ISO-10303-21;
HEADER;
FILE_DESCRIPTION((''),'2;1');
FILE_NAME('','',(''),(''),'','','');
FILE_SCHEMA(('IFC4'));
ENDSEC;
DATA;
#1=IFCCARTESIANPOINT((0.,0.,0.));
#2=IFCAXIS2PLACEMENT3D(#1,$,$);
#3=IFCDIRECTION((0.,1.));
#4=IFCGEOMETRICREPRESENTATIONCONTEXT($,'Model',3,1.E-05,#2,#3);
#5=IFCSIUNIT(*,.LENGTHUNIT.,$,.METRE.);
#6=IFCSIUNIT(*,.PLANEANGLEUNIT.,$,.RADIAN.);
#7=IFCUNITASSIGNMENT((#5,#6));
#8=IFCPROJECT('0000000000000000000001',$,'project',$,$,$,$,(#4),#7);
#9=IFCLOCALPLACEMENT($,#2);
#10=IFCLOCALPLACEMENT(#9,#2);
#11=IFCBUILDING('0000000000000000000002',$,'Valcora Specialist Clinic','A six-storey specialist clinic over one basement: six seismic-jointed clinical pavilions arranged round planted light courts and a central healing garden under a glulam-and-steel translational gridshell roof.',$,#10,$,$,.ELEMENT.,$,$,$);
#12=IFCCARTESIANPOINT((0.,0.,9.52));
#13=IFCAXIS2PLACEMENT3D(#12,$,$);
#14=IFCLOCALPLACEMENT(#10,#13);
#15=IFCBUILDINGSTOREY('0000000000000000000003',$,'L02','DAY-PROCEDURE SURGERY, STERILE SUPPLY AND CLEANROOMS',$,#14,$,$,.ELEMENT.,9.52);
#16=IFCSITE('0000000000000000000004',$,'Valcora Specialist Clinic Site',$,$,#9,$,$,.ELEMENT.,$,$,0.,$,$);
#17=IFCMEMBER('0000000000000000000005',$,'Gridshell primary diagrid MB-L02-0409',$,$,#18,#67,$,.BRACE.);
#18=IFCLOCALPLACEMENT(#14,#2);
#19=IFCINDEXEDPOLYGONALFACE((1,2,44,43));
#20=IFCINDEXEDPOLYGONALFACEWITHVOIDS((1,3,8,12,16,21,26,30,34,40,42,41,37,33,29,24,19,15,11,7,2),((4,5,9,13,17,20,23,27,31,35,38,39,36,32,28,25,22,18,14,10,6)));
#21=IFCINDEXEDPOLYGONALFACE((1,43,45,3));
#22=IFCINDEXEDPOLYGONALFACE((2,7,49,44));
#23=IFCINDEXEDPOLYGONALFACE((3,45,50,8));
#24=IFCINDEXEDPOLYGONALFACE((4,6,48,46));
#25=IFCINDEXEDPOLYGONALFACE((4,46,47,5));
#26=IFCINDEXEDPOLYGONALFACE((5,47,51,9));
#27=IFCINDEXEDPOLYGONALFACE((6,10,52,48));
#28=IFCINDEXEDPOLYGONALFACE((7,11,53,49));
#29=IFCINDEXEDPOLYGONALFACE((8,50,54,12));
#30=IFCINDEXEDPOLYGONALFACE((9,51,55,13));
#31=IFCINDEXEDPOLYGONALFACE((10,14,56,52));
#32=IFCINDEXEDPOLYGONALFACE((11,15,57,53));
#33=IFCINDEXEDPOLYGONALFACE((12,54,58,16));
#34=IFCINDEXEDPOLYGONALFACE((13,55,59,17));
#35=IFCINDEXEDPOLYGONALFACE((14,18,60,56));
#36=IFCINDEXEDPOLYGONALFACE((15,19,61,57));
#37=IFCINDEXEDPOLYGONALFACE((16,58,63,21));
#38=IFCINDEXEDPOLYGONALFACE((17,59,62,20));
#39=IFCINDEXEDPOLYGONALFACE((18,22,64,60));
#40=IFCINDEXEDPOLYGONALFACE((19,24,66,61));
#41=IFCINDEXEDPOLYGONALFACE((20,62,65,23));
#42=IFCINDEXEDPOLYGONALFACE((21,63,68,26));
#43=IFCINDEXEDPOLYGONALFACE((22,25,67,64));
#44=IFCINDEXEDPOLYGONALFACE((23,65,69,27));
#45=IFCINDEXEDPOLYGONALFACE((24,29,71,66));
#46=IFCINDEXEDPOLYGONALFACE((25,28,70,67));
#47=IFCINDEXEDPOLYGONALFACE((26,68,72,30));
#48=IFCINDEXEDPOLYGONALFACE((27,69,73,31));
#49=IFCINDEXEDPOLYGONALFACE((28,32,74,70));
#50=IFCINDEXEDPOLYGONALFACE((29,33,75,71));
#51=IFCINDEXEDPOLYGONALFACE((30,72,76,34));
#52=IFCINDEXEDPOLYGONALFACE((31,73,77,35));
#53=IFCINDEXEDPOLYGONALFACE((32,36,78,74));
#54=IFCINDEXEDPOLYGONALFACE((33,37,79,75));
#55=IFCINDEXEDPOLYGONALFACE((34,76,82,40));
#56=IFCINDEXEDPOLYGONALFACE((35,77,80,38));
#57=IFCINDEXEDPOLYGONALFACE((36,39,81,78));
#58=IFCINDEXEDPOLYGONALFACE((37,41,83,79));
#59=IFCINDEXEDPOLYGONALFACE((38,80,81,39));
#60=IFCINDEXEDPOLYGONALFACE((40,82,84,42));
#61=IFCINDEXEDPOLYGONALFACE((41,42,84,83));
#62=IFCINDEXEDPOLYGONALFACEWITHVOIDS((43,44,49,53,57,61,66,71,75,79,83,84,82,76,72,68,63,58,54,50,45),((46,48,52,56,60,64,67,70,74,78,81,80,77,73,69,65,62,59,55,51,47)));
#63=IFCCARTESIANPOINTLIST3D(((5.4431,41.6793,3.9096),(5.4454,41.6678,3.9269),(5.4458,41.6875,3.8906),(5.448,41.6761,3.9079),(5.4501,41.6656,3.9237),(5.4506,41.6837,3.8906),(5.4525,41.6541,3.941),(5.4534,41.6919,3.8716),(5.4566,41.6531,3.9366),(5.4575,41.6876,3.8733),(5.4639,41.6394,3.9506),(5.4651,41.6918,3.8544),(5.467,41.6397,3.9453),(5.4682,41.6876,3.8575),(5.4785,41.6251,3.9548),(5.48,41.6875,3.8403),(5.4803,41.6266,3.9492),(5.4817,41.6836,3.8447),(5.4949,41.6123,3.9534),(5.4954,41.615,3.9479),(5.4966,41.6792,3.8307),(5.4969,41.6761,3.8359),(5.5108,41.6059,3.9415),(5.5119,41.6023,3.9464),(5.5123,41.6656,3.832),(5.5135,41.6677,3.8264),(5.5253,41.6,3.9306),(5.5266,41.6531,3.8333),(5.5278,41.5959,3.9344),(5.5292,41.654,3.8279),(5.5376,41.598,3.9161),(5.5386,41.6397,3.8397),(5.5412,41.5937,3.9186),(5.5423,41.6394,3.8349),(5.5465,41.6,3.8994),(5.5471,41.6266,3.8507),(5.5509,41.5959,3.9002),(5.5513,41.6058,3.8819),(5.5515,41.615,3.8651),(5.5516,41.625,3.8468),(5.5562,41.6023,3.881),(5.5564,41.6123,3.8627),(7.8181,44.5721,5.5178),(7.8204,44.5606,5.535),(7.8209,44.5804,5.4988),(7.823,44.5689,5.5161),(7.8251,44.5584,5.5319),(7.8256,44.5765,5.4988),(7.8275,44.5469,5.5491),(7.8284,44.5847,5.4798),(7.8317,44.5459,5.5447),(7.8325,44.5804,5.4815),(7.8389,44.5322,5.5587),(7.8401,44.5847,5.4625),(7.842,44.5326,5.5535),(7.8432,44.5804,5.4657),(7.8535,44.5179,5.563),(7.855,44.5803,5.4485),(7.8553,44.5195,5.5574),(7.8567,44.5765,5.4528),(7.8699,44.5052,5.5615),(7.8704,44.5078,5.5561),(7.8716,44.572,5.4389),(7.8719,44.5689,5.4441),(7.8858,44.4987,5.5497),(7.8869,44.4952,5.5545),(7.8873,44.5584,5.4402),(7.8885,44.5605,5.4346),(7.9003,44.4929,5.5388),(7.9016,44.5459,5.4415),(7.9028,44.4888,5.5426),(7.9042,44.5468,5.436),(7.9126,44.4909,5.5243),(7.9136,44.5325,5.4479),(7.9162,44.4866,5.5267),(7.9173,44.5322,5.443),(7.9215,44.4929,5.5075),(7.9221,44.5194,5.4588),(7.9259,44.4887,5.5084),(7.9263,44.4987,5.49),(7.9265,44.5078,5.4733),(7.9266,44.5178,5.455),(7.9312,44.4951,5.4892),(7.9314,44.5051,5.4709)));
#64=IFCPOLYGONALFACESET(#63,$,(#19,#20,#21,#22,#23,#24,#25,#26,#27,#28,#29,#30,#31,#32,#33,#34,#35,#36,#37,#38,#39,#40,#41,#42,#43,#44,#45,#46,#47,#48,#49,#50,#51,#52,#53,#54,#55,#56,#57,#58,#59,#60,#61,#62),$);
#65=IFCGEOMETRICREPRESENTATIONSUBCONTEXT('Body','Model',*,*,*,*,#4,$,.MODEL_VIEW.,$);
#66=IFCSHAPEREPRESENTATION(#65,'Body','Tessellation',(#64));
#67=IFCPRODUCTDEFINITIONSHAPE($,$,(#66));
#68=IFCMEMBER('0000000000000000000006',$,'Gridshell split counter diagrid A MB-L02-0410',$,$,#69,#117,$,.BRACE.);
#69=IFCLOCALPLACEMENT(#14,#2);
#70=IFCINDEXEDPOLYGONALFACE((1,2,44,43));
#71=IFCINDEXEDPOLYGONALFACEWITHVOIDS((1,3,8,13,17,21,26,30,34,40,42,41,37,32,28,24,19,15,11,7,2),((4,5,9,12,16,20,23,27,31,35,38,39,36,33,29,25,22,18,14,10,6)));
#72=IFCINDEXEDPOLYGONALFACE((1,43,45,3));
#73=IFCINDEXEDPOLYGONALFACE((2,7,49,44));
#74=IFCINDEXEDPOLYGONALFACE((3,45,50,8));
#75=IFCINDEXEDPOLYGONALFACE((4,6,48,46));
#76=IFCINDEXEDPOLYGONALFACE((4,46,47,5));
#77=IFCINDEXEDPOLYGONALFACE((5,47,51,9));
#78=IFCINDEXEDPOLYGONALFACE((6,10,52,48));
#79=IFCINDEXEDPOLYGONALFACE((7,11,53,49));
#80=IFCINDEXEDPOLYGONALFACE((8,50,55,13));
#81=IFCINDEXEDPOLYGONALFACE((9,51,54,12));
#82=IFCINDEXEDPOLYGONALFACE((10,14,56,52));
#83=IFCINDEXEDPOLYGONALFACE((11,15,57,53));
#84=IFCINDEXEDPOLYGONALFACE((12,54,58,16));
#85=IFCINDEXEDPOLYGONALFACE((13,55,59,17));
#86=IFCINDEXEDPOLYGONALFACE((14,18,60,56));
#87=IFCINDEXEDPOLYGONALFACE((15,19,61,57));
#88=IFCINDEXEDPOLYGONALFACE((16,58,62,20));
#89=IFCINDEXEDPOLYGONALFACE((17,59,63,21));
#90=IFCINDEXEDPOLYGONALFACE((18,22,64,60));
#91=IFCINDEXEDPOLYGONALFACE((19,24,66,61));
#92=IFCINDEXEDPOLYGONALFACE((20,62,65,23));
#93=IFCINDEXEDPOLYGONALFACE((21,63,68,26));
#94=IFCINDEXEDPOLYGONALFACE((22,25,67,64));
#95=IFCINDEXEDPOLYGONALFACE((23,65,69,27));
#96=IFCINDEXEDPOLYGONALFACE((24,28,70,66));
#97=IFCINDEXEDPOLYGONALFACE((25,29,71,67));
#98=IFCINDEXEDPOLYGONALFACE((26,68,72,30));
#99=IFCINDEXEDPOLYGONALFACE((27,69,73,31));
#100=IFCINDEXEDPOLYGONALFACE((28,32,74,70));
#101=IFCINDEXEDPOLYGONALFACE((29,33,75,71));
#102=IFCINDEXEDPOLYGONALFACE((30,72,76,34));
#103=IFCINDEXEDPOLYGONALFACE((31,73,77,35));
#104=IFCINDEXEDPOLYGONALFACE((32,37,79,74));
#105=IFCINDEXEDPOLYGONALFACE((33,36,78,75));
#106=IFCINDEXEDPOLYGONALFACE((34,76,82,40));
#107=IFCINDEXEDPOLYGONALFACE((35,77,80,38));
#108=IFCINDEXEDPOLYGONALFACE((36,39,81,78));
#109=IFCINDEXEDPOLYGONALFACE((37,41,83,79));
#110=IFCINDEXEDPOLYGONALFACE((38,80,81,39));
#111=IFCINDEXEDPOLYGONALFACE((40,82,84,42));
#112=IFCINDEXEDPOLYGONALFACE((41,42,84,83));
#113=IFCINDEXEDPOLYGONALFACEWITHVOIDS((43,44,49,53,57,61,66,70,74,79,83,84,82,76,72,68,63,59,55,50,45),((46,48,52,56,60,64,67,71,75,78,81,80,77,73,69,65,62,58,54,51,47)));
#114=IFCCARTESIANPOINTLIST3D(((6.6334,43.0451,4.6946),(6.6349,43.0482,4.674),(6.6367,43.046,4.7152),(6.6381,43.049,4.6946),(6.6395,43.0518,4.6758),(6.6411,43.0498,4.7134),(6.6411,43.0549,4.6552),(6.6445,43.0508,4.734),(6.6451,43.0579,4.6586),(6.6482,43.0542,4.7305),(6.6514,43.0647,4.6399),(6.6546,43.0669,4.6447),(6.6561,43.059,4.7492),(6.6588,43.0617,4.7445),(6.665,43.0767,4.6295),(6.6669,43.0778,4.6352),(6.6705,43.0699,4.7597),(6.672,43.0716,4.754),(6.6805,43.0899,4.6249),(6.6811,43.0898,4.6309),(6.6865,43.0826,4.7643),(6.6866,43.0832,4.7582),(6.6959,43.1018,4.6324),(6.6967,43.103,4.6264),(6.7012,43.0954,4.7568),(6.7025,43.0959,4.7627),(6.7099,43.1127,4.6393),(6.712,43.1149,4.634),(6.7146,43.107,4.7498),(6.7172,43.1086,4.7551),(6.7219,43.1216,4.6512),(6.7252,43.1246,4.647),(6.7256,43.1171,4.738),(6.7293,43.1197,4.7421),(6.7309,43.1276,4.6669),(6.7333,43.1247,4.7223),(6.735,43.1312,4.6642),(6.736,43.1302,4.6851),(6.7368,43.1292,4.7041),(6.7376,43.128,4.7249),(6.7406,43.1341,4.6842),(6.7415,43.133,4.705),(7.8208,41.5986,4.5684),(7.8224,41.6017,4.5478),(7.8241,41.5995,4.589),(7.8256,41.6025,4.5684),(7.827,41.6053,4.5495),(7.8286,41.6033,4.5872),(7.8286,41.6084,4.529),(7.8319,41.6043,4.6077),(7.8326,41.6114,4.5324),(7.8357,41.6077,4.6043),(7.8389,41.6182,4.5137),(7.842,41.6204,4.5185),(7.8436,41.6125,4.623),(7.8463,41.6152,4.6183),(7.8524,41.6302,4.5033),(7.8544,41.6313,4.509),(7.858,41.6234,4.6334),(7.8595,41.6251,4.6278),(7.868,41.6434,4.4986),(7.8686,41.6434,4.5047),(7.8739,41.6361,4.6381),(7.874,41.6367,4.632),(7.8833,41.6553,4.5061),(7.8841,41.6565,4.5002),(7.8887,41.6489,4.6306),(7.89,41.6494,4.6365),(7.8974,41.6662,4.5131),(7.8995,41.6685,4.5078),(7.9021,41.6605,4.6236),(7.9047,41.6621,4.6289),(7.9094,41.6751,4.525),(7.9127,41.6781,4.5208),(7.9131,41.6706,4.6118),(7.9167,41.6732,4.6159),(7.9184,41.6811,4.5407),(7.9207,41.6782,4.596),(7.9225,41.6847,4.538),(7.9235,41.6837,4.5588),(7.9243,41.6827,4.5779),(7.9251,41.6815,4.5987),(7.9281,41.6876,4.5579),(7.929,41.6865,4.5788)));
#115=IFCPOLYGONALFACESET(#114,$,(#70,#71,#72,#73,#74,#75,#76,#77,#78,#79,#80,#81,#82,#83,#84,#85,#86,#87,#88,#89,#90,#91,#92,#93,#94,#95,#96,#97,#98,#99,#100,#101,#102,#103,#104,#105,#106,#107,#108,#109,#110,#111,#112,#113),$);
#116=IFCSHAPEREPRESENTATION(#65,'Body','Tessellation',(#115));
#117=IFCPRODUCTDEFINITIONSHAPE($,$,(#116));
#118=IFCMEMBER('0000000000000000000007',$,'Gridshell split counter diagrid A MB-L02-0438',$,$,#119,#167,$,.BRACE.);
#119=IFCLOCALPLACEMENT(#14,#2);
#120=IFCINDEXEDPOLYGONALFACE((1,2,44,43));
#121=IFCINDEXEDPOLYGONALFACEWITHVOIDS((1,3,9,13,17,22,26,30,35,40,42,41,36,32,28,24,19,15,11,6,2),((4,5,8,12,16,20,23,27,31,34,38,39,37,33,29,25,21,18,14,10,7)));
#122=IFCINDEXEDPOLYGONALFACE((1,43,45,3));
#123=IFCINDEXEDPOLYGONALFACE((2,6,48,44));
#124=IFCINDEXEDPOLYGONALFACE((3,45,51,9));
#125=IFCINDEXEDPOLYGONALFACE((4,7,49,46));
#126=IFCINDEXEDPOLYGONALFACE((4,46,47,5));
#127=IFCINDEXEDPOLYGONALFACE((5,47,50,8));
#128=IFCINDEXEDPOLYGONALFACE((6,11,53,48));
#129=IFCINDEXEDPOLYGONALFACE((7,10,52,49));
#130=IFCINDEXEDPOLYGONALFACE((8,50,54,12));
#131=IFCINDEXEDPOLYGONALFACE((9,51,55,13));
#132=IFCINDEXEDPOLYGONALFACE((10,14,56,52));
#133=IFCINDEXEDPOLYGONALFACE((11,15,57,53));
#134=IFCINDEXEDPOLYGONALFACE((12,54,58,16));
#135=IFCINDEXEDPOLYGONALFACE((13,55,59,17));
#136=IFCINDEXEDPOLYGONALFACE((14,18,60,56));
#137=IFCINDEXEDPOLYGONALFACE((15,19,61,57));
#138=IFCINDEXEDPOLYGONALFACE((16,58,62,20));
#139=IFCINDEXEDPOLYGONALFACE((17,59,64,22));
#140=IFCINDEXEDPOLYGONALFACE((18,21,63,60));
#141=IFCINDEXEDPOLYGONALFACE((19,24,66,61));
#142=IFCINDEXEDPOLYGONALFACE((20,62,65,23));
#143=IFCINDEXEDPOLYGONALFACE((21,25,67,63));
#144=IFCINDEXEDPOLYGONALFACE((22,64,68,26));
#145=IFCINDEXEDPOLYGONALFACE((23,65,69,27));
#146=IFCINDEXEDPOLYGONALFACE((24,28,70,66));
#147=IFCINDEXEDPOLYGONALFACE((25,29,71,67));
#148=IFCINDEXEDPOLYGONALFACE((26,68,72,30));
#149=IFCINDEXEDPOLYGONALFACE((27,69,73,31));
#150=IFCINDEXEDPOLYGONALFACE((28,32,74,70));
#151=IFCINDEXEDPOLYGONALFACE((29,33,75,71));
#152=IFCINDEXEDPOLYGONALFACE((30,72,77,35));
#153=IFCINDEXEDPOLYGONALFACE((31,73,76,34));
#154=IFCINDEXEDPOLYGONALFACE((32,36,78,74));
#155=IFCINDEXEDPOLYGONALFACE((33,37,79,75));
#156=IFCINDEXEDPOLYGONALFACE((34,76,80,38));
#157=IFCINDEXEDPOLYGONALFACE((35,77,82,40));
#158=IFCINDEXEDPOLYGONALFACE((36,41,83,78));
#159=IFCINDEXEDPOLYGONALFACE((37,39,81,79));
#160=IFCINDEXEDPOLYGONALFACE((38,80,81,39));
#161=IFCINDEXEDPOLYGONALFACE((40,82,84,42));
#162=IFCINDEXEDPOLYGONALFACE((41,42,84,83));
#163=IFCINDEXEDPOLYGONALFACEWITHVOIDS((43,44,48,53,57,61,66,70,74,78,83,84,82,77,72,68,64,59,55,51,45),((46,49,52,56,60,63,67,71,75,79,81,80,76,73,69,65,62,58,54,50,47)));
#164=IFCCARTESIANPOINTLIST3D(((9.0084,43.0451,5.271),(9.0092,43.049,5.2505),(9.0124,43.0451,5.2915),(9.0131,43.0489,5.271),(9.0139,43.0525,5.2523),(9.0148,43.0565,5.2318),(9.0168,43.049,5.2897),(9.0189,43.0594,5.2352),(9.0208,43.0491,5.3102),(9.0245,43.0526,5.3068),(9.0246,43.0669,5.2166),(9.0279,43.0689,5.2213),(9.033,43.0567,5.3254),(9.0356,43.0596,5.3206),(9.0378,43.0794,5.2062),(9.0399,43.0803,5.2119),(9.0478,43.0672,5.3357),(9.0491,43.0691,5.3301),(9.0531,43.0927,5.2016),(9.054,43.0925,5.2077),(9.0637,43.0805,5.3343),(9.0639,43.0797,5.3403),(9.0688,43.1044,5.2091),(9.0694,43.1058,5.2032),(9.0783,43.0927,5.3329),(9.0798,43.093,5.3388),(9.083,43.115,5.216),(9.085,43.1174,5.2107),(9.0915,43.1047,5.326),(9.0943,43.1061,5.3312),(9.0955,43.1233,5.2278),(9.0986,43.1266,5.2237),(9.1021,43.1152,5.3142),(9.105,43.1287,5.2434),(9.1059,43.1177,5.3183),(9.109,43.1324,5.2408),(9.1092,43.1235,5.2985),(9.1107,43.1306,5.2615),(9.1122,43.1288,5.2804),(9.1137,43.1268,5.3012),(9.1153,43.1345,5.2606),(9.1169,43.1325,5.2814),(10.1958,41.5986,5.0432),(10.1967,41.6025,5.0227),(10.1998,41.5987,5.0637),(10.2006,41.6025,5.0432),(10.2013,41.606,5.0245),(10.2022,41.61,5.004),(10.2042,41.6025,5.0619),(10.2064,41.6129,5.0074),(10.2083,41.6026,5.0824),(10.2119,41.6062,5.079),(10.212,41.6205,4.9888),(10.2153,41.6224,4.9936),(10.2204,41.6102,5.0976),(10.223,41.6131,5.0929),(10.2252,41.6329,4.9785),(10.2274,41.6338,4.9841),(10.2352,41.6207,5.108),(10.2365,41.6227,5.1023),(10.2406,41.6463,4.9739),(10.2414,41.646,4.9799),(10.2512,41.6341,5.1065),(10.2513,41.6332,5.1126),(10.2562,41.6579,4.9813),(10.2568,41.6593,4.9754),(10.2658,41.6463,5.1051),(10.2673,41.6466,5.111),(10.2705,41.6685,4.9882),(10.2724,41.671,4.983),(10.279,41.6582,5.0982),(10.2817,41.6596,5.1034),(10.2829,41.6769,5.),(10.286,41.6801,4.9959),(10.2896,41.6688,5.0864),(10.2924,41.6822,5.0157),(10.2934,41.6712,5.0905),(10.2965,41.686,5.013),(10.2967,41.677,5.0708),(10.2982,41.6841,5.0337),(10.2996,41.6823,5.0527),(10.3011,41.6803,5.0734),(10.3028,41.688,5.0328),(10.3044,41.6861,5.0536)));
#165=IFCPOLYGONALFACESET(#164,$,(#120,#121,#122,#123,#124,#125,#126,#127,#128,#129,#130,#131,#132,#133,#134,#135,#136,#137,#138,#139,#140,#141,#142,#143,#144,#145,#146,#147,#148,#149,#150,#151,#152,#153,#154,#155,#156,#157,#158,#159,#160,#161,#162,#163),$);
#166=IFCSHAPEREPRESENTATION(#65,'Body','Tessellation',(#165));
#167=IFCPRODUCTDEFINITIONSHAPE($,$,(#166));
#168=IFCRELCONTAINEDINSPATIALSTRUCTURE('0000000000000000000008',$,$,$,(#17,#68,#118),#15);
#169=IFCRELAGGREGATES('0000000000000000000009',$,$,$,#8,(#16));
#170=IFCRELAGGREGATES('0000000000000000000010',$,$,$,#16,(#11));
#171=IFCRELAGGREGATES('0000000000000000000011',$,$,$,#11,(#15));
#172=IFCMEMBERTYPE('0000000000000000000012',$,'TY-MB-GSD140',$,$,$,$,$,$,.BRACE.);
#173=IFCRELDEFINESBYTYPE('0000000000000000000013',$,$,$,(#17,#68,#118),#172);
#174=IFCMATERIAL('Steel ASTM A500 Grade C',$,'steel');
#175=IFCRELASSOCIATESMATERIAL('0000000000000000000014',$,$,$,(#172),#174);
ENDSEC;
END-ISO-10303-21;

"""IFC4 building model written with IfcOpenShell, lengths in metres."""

from ifc_helpers import new_model, si_unit, direction, frame, origin, origin_2d, place, context, subcontext, project, spatial, hollow_circle, extrude, material, material_profile, profile_set, type_object, element, save


model = new_model("IFC4")

# Units and contexts
model_context = context("Model", 3, precision=1e-05, world=origin(), true_north=direction((0.0, 1.0)))
body_context = subcontext(model_context, "Body", "Model", "MODEL_VIEW")
ifc_project = project(units=[si_unit("LENGTHUNIT", "METRE"), si_unit("PLANEANGLEUNIT", "RADIAN")], contexts=[model_context])

# Site, building, storey
site_placement = place(None, origin())
site = spatial("IfcSite", under=ifc_project, at=site_placement, Name="Valcora Specialist Clinic Site", CompositionType="ELEMENT", RefElevation=0.0)
building_placement = place(site_placement, origin())
building = spatial("IfcBuilding", under=site, at=building_placement, Name="Valcora Specialist Clinic", Description="A six-storey specialist clinic over one basement: six seismic-jointed clinical pavilions arranged round planted light courts and a central healing garden under a glulam-and-steel translational gridshell roof.", CompositionType="ELEMENT")
storey_placement = place(building_placement, frame((0.0, 0.0, 9.52)))
storey = spatial("IfcBuildingStorey", under=building, at=storey_placement, Name="L02", Description="DAY-PROCEDURE SURGERY, STERILE SUPPLY AND CLEANROOMS", CompositionType="ELEMENT", Elevation=9.52)

# Members
ifc_material_1 = material(Name="Steel ASTM A500 Grade C", Category="steel")
ifc_material_profile_1 = material_profile(ifc_material_1, hollow_circle(Radius=0.0701, WallThickness=0.0061, at=origin_2d()), Name="ST-CHS-140X6")
ifc_profile_set_1 = profile_set([ifc_material_profile_1], Name="Steel ASTM A500 Grade C")
member_type_1 = type_object("IfcMemberType", Name="TY-MB-GSD140", PredefinedType="BRACE", material=ifc_profile_set_1)
member_1_placement = place(storey_placement, frame((5.5, 41.6431, 3.8906), z_axis=(0.583005, 0.710118, 0.394763), x_axis=(-0.77289, 0.63454, 0.0)))
element("IfcMember", 1, at=member_1_placement, inside=storey, type_object=member_type_1, Name="Gridshell primary diagrid MB-L02-0409", PredefinedType="BRACE", context=body_context, shape_type="SweptSolid", body=[
    extrude(hollow_circle(Radius=0.0701, WallThickness=0.0061, at=origin_2d()), origin(), (0.0, 0.0, 1.0), 4.0737),
])
member_2_placement = place(storey_placement, frame((7.875, 41.6431, 4.5684), z_axis=(-0.63307, 0.771164, 0.06729), x_axis=(-0.772916, -0.634508, 0.0)))
element("IfcMember", 2, at=member_2_placement, inside=storey, type_object=member_type_1, Name="Gridshell split counter diagrid A MB-L02-0410", PredefinedType="BRACE", context=body_context, shape_type="SweptSolid", body=[
    extrude(hollow_circle(Radius=0.0701, WallThickness=0.0061, at=origin_2d()), origin(), (0.0, 0.0, 1.0), 1.8757),
])
member_3_placement = place(storey_placement, frame((10.25, 41.6431, 5.0432), z_axis=(-0.629861, 0.767254, 0.120818), x_axis=(-0.772916, -0.634508, 0.0)))
element("IfcMember", 3, at=member_3_placement, inside=storey, type_object=member_type_1, Name="Gridshell split counter diagrid A MB-L02-0438", PredefinedType="BRACE", context=body_context, shape_type="SweptSolid", body=[
    extrude(hollow_circle(Radius=0.0701, WallThickness=0.0061, at=origin_2d()), origin(), (0.0, 0.0, 1.0), 1.8853),
])

save(model, "model.ifc")
